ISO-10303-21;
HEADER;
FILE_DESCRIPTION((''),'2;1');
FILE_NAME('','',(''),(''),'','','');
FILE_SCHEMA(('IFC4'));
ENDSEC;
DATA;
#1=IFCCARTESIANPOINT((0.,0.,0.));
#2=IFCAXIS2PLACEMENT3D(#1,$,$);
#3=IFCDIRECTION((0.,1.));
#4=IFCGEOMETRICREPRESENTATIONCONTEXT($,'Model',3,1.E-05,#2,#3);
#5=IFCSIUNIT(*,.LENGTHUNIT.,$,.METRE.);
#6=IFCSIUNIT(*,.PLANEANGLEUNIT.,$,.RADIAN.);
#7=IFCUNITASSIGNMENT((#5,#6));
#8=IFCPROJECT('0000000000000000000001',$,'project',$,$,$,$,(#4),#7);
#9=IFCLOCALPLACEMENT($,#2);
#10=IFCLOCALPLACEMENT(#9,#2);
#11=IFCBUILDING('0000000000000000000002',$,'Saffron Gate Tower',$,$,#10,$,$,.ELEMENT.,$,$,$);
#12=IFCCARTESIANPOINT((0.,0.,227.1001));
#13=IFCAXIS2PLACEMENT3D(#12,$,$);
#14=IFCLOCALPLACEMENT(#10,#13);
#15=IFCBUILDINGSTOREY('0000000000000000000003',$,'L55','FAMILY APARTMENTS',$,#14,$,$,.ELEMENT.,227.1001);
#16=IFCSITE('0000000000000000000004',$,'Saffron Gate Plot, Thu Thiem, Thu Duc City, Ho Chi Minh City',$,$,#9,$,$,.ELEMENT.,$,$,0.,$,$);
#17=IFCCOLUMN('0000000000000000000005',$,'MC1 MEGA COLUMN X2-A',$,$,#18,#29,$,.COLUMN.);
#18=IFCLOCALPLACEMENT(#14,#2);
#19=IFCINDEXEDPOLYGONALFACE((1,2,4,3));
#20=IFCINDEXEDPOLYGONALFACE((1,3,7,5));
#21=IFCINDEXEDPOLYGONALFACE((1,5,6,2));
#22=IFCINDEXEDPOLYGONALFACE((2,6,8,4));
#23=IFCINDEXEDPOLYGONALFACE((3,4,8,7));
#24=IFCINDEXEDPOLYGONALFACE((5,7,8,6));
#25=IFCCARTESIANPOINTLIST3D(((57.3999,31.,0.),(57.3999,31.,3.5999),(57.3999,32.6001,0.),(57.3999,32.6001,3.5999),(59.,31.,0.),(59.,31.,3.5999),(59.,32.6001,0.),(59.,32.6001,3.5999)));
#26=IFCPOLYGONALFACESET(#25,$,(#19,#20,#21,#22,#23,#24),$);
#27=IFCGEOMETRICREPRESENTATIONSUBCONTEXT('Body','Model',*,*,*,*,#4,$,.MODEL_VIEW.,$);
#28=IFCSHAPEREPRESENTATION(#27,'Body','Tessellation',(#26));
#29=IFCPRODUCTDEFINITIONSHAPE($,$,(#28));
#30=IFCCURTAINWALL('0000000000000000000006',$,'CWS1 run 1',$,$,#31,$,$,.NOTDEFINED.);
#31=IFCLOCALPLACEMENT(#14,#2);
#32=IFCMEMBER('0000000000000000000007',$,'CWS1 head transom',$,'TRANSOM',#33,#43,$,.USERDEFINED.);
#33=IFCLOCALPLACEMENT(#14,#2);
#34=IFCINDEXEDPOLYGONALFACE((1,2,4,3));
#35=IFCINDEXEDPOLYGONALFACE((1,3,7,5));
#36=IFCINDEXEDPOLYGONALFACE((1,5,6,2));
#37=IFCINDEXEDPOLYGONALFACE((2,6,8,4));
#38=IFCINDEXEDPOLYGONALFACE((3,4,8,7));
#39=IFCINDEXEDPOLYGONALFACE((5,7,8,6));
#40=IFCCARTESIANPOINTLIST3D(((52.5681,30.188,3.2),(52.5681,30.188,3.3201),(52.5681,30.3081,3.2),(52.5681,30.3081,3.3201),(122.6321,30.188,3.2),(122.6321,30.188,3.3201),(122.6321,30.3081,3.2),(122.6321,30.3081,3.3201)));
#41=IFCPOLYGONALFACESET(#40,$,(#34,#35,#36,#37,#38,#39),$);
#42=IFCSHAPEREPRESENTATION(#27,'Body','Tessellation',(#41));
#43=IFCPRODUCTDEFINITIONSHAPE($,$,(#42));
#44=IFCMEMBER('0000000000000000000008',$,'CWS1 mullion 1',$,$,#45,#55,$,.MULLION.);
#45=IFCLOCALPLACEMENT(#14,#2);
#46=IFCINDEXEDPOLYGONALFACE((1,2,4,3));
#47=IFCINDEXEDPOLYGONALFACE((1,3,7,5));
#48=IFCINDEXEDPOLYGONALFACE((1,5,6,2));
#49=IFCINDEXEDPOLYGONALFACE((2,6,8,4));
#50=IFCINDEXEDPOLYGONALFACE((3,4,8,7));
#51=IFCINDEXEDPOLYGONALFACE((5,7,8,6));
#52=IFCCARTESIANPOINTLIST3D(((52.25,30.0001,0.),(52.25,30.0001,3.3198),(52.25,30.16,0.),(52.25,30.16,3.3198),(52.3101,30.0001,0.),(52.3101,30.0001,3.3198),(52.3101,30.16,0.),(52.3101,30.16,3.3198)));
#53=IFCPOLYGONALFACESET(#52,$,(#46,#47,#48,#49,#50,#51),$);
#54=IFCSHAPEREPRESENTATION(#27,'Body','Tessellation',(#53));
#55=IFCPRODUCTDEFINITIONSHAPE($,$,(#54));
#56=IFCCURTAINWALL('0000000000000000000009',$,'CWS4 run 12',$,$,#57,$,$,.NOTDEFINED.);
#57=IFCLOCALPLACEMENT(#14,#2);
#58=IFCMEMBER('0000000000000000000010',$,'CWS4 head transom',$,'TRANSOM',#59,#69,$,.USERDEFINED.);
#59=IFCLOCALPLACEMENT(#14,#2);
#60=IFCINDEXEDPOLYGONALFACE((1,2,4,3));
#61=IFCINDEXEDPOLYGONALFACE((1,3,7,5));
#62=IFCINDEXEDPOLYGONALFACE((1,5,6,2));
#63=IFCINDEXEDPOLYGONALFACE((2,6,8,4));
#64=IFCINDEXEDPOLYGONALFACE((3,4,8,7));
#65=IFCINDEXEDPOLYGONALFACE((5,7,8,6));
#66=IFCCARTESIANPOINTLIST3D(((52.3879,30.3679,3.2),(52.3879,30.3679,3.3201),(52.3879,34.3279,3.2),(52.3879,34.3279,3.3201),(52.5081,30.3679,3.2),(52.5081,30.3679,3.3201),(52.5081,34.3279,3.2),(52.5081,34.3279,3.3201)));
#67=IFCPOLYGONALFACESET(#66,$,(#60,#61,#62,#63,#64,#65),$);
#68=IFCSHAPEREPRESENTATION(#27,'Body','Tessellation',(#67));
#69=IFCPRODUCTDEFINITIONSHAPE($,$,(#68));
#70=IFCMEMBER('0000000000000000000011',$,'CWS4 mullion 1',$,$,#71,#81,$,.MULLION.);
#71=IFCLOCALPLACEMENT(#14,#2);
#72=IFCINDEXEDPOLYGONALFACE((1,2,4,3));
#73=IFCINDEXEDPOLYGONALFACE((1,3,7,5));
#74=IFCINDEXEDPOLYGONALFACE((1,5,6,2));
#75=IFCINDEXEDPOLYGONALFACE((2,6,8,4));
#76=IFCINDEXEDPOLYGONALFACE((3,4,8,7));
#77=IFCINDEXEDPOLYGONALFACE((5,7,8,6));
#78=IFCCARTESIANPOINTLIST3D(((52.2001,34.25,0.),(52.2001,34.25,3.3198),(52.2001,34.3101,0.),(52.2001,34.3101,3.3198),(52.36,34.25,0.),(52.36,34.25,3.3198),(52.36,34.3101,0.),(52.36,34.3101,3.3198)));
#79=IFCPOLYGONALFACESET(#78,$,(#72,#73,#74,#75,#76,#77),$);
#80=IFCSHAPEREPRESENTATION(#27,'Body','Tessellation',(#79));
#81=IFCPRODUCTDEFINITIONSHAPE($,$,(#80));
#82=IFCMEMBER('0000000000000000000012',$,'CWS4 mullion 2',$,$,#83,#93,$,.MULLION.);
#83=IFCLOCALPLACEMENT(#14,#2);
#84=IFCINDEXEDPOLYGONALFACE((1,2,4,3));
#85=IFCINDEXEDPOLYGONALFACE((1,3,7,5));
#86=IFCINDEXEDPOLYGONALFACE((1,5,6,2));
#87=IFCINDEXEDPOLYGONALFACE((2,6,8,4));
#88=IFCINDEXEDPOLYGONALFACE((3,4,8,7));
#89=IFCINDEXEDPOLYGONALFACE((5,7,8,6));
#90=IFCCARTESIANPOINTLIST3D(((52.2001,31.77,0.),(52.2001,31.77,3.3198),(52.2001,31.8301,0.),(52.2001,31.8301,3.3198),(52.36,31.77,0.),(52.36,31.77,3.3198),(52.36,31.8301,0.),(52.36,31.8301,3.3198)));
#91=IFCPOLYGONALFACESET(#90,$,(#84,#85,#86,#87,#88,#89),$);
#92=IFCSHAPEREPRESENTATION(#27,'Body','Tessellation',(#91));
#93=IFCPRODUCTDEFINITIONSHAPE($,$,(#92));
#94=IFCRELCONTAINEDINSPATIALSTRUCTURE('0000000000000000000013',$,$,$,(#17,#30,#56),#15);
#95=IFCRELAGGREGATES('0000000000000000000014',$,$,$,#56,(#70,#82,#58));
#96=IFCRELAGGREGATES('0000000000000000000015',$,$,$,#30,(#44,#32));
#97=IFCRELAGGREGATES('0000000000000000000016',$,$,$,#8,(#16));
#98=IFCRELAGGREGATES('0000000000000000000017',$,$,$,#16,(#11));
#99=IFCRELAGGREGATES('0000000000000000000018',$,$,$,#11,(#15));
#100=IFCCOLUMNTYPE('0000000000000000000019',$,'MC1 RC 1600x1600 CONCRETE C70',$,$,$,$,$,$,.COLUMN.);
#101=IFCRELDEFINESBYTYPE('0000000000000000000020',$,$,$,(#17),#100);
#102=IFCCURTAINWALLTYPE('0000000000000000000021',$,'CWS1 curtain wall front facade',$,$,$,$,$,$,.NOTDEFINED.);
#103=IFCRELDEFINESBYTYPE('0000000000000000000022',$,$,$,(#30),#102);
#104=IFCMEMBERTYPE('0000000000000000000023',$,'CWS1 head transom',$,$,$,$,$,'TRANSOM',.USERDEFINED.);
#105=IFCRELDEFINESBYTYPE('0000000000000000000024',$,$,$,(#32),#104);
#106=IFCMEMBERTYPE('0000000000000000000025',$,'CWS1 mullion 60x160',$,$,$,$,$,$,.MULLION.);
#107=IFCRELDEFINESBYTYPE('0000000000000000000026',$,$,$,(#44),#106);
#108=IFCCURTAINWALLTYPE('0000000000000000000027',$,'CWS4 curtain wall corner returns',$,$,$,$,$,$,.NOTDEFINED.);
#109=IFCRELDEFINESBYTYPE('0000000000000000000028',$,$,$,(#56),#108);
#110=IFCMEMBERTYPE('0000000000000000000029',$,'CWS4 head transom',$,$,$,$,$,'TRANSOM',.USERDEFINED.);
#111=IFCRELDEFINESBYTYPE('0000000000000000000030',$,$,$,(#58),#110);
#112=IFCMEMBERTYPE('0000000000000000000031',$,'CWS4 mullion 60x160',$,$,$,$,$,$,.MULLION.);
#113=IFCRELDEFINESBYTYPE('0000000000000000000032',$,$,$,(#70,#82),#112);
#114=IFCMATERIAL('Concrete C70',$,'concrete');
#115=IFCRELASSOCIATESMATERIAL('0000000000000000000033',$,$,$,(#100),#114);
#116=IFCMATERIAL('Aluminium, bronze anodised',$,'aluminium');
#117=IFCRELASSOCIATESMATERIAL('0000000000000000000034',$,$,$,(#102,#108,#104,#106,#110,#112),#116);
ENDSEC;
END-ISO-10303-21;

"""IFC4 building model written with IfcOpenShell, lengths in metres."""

from ifc_helpers import new_model, si_unit, direction, frame, origin, origin_2d, place, context, subcontext, project, spatial, rectangle, extrude, material, material_profile, profile_set, type_object, element, aggregate, save


model = new_model("IFC4")

# Units and contexts
model_context = context("Model", 3, precision=1e-05, world=origin(), true_north=direction((0.0, 1.0)))
body_context = subcontext(model_context, "Body", "Model", "MODEL_VIEW")
ifc_project = project(units=[si_unit("LENGTHUNIT", "METRE"), si_unit("PLANEANGLEUNIT", "RADIAN")], contexts=[model_context])

# Site, building, storey
site_placement = place(None, origin())
site = spatial("IfcSite", under=ifc_project, at=site_placement, Name="Saffron Gate Plot, Thu Thiem, Thu Duc City, Ho Chi Minh City", CompositionType="ELEMENT", RefElevation=0.0)
building_placement = place(site_placement, origin())
building = spatial("IfcBuilding", under=site, at=building_placement, Name="Saffron Gate Tower", CompositionType="ELEMENT")
storey_placement = place(building_placement, frame((0.0, 0.0, 227.1001)))
storey = spatial("IfcBuildingStorey", under=building, at=storey_placement, Name="L55", Description="FAMILY APARTMENTS", CompositionType="ELEMENT", Elevation=227.1001)

# Column
ifc_material_1 = material(Name="Concrete C70", Category="concrete")
ifc_material_profile_1 = material_profile(ifc_material_1, rectangle(XDim=1.6001, YDim=1.6001, at=origin_2d()))
ifc_profile_set_1 = profile_set([ifc_material_profile_1], Name="Concrete C70")
column_type = type_object("IfcColumnType", Name="MC1 RC 1600x1600 CONCRETE C70", PredefinedType="COLUMN", material=ifc_profile_set_1)
column_placement = place(storey_placement, frame((58.2, 31.8, 0.0), z_axis=(0.0, 0.0, 1.0), x_axis=(1.0, 0.0, 0.0)))
element("IfcColumn", 1, at=column_placement, inside=storey, type_object=column_type, Name="MC1 MEGA COLUMN X2-A", PredefinedType="COLUMN", context=body_context, shape_type="SweptSolid", body=[
    extrude(rectangle(XDim=1.6001, YDim=1.6001, at=origin_2d()), origin(), (0.0, 0.0, 1.0), 3.5999),
])

# Curtain walls, members
ifc_material_2 = material(Name="Aluminium, bronze anodised", Category="aluminium")
curtain_wall_type_1 = type_object("IfcCurtainWallType", Name="CWS1 curtain wall front facade", PredefinedType="NOTDEFINED", material=ifc_material_2)
curtain_wall_1_placement = place(storey_placement, origin())
curtain_wall_1 = element("IfcCurtainWall", 2, at=curtain_wall_1_placement, inside=storey, type_object=curtain_wall_type_1, Name="CWS1 run 1", PredefinedType="NOTDEFINED")
ifc_material_profile_2 = material_profile(ifc_material_2, rectangle(XDim=0.1201, YDim=0.1201, at=origin_2d()))
ifc_profile_set_2 = profile_set([ifc_material_profile_2], Name="Aluminium, bronze anodised")
member_type_1 = type_object("IfcMemberType", Name="CWS1 head transom", ElementType="TRANSOM", PredefinedType="USERDEFINED", material=ifc_profile_set_2)
member_1_placement = place(storey_placement, frame((52.5681, 30.248, 3.26), z_axis=(1.0, 0.0, 0.0), x_axis=(0.0, 1.0, 0.0)))
member_1 = element("IfcMember", 3, at=member_1_placement, type_object=member_type_1, Name="CWS1 head transom", ObjectType="TRANSOM", PredefinedType="USERDEFINED", context=body_context, shape_type="SweptSolid", body=[
    extrude(rectangle(XDim=0.1201, YDim=0.1201, at=origin_2d()), origin(), (0.0, 0.0, 1.0), 70.064),
])
ifc_material_profile_3 = material_profile(ifc_material_2, rectangle(XDim=0.1599, YDim=0.0601, at=origin_2d()))
ifc_profile_set_3 = profile_set([ifc_material_profile_3], Name="Aluminium, bronze anodised")
member_type_2 = type_object("IfcMemberType", Name="CWS1 mullion 60x160", PredefinedType="MULLION", material=ifc_profile_set_3)
member_2_placement = place(storey_placement, frame((52.28, 30.0801, 0.0), z_axis=(0.0, 0.0, 1.0), x_axis=(0.0, 1.0, 0.0)))
member_2 = element("IfcMember", 4, at=member_2_placement, type_object=member_type_2, Name="CWS1 mullion 1", PredefinedType="MULLION", context=body_context, shape_type="SweptSolid", body=[
    extrude(rectangle(XDim=0.1599, YDim=0.0601, at=origin_2d()), origin(), (0.0, 0.0, 1.0), 3.3198),
])
curtain_wall_type_2 = type_object("IfcCurtainWallType", Name="CWS4 curtain wall corner returns", PredefinedType="NOTDEFINED", material=ifc_material_2)
curtain_wall_2_placement = place(storey_placement, origin())
curtain_wall_2 = element("IfcCurtainWall", 5, at=curtain_wall_2_placement, inside=storey, type_object=curtain_wall_type_2, Name="CWS4 run 12", PredefinedType="NOTDEFINED")
ifc_material_profile_4 = material_profile(ifc_material_2, rectangle(XDim=0.1201, YDim=0.1201, at=origin_2d()))
ifc_profile_set_4 = profile_set([ifc_material_profile_4], Name="Aluminium, bronze anodised")
member_type_3 = type_object("IfcMemberType", Name="CWS4 head transom", ElementType="TRANSOM", PredefinedType="USERDEFINED", material=ifc_profile_set_4)
member_3_placement = place(storey_placement, frame((52.448, 34.3279, 3.26), z_axis=(0.0, -1.0, 0.0), x_axis=(1.0, 0.0, 0.0)))
member_3 = element("IfcMember", 6, at=member_3_placement, type_object=member_type_3, Name="CWS4 head transom", ObjectType="TRANSOM", PredefinedType="USERDEFINED", context=body_context, shape_type="SweptSolid", body=[
    extrude(rectangle(XDim=0.1201, YDim=0.1201, at=origin_2d()), origin(), (0.0, 0.0, 1.0), 3.96),
])
ifc_material_profile_5 = material_profile(ifc_material_2, rectangle(XDim=0.1599, YDim=0.0601, at=origin_2d()))
ifc_profile_set_5 = profile_set([ifc_material_profile_5], Name="Aluminium, bronze anodised")
member_type_4 = type_object("IfcMemberType", Name="CWS4 mullion 60x160", PredefinedType="MULLION", material=ifc_profile_set_5)
member_4_placement = place(storey_placement, frame((52.28, 34.28, 0.0), z_axis=(0.0, 0.0, 1.0), x_axis=(1.0, 0.0, 0.0)))
member_4 = element("IfcMember", 7, at=member_4_placement, type_object=member_type_4, Name="CWS4 mullion 1", PredefinedType="MULLION", context=body_context, shape_type="SweptSolid", body=[
    extrude(rectangle(XDim=0.1599, YDim=0.0601, at=origin_2d()), origin(), (0.0, 0.0, 1.0), 3.3198),
])
member_5_placement = place(storey_placement, frame((52.28, 31.8, 0.0), z_axis=(0.0, 0.0, 1.0), x_axis=(1.0, 0.0, 0.0)))
member_5 = element("IfcMember", 8, at=member_5_placement, type_object=member_type_4, Name="CWS4 mullion 2", PredefinedType="MULLION", context=body_context, shape_type="SweptSolid", body=[
    extrude(rectangle(XDim=0.1599, YDim=0.0601, at=origin_2d()), origin(), (0.0, 0.0, 1.0), 3.3198),
])
aggregate(curtain_wall_2, [member_4, member_5, member_3])

aggregate(curtain_wall_1, [member_2, member_1])

save(model, "model.ifc")
